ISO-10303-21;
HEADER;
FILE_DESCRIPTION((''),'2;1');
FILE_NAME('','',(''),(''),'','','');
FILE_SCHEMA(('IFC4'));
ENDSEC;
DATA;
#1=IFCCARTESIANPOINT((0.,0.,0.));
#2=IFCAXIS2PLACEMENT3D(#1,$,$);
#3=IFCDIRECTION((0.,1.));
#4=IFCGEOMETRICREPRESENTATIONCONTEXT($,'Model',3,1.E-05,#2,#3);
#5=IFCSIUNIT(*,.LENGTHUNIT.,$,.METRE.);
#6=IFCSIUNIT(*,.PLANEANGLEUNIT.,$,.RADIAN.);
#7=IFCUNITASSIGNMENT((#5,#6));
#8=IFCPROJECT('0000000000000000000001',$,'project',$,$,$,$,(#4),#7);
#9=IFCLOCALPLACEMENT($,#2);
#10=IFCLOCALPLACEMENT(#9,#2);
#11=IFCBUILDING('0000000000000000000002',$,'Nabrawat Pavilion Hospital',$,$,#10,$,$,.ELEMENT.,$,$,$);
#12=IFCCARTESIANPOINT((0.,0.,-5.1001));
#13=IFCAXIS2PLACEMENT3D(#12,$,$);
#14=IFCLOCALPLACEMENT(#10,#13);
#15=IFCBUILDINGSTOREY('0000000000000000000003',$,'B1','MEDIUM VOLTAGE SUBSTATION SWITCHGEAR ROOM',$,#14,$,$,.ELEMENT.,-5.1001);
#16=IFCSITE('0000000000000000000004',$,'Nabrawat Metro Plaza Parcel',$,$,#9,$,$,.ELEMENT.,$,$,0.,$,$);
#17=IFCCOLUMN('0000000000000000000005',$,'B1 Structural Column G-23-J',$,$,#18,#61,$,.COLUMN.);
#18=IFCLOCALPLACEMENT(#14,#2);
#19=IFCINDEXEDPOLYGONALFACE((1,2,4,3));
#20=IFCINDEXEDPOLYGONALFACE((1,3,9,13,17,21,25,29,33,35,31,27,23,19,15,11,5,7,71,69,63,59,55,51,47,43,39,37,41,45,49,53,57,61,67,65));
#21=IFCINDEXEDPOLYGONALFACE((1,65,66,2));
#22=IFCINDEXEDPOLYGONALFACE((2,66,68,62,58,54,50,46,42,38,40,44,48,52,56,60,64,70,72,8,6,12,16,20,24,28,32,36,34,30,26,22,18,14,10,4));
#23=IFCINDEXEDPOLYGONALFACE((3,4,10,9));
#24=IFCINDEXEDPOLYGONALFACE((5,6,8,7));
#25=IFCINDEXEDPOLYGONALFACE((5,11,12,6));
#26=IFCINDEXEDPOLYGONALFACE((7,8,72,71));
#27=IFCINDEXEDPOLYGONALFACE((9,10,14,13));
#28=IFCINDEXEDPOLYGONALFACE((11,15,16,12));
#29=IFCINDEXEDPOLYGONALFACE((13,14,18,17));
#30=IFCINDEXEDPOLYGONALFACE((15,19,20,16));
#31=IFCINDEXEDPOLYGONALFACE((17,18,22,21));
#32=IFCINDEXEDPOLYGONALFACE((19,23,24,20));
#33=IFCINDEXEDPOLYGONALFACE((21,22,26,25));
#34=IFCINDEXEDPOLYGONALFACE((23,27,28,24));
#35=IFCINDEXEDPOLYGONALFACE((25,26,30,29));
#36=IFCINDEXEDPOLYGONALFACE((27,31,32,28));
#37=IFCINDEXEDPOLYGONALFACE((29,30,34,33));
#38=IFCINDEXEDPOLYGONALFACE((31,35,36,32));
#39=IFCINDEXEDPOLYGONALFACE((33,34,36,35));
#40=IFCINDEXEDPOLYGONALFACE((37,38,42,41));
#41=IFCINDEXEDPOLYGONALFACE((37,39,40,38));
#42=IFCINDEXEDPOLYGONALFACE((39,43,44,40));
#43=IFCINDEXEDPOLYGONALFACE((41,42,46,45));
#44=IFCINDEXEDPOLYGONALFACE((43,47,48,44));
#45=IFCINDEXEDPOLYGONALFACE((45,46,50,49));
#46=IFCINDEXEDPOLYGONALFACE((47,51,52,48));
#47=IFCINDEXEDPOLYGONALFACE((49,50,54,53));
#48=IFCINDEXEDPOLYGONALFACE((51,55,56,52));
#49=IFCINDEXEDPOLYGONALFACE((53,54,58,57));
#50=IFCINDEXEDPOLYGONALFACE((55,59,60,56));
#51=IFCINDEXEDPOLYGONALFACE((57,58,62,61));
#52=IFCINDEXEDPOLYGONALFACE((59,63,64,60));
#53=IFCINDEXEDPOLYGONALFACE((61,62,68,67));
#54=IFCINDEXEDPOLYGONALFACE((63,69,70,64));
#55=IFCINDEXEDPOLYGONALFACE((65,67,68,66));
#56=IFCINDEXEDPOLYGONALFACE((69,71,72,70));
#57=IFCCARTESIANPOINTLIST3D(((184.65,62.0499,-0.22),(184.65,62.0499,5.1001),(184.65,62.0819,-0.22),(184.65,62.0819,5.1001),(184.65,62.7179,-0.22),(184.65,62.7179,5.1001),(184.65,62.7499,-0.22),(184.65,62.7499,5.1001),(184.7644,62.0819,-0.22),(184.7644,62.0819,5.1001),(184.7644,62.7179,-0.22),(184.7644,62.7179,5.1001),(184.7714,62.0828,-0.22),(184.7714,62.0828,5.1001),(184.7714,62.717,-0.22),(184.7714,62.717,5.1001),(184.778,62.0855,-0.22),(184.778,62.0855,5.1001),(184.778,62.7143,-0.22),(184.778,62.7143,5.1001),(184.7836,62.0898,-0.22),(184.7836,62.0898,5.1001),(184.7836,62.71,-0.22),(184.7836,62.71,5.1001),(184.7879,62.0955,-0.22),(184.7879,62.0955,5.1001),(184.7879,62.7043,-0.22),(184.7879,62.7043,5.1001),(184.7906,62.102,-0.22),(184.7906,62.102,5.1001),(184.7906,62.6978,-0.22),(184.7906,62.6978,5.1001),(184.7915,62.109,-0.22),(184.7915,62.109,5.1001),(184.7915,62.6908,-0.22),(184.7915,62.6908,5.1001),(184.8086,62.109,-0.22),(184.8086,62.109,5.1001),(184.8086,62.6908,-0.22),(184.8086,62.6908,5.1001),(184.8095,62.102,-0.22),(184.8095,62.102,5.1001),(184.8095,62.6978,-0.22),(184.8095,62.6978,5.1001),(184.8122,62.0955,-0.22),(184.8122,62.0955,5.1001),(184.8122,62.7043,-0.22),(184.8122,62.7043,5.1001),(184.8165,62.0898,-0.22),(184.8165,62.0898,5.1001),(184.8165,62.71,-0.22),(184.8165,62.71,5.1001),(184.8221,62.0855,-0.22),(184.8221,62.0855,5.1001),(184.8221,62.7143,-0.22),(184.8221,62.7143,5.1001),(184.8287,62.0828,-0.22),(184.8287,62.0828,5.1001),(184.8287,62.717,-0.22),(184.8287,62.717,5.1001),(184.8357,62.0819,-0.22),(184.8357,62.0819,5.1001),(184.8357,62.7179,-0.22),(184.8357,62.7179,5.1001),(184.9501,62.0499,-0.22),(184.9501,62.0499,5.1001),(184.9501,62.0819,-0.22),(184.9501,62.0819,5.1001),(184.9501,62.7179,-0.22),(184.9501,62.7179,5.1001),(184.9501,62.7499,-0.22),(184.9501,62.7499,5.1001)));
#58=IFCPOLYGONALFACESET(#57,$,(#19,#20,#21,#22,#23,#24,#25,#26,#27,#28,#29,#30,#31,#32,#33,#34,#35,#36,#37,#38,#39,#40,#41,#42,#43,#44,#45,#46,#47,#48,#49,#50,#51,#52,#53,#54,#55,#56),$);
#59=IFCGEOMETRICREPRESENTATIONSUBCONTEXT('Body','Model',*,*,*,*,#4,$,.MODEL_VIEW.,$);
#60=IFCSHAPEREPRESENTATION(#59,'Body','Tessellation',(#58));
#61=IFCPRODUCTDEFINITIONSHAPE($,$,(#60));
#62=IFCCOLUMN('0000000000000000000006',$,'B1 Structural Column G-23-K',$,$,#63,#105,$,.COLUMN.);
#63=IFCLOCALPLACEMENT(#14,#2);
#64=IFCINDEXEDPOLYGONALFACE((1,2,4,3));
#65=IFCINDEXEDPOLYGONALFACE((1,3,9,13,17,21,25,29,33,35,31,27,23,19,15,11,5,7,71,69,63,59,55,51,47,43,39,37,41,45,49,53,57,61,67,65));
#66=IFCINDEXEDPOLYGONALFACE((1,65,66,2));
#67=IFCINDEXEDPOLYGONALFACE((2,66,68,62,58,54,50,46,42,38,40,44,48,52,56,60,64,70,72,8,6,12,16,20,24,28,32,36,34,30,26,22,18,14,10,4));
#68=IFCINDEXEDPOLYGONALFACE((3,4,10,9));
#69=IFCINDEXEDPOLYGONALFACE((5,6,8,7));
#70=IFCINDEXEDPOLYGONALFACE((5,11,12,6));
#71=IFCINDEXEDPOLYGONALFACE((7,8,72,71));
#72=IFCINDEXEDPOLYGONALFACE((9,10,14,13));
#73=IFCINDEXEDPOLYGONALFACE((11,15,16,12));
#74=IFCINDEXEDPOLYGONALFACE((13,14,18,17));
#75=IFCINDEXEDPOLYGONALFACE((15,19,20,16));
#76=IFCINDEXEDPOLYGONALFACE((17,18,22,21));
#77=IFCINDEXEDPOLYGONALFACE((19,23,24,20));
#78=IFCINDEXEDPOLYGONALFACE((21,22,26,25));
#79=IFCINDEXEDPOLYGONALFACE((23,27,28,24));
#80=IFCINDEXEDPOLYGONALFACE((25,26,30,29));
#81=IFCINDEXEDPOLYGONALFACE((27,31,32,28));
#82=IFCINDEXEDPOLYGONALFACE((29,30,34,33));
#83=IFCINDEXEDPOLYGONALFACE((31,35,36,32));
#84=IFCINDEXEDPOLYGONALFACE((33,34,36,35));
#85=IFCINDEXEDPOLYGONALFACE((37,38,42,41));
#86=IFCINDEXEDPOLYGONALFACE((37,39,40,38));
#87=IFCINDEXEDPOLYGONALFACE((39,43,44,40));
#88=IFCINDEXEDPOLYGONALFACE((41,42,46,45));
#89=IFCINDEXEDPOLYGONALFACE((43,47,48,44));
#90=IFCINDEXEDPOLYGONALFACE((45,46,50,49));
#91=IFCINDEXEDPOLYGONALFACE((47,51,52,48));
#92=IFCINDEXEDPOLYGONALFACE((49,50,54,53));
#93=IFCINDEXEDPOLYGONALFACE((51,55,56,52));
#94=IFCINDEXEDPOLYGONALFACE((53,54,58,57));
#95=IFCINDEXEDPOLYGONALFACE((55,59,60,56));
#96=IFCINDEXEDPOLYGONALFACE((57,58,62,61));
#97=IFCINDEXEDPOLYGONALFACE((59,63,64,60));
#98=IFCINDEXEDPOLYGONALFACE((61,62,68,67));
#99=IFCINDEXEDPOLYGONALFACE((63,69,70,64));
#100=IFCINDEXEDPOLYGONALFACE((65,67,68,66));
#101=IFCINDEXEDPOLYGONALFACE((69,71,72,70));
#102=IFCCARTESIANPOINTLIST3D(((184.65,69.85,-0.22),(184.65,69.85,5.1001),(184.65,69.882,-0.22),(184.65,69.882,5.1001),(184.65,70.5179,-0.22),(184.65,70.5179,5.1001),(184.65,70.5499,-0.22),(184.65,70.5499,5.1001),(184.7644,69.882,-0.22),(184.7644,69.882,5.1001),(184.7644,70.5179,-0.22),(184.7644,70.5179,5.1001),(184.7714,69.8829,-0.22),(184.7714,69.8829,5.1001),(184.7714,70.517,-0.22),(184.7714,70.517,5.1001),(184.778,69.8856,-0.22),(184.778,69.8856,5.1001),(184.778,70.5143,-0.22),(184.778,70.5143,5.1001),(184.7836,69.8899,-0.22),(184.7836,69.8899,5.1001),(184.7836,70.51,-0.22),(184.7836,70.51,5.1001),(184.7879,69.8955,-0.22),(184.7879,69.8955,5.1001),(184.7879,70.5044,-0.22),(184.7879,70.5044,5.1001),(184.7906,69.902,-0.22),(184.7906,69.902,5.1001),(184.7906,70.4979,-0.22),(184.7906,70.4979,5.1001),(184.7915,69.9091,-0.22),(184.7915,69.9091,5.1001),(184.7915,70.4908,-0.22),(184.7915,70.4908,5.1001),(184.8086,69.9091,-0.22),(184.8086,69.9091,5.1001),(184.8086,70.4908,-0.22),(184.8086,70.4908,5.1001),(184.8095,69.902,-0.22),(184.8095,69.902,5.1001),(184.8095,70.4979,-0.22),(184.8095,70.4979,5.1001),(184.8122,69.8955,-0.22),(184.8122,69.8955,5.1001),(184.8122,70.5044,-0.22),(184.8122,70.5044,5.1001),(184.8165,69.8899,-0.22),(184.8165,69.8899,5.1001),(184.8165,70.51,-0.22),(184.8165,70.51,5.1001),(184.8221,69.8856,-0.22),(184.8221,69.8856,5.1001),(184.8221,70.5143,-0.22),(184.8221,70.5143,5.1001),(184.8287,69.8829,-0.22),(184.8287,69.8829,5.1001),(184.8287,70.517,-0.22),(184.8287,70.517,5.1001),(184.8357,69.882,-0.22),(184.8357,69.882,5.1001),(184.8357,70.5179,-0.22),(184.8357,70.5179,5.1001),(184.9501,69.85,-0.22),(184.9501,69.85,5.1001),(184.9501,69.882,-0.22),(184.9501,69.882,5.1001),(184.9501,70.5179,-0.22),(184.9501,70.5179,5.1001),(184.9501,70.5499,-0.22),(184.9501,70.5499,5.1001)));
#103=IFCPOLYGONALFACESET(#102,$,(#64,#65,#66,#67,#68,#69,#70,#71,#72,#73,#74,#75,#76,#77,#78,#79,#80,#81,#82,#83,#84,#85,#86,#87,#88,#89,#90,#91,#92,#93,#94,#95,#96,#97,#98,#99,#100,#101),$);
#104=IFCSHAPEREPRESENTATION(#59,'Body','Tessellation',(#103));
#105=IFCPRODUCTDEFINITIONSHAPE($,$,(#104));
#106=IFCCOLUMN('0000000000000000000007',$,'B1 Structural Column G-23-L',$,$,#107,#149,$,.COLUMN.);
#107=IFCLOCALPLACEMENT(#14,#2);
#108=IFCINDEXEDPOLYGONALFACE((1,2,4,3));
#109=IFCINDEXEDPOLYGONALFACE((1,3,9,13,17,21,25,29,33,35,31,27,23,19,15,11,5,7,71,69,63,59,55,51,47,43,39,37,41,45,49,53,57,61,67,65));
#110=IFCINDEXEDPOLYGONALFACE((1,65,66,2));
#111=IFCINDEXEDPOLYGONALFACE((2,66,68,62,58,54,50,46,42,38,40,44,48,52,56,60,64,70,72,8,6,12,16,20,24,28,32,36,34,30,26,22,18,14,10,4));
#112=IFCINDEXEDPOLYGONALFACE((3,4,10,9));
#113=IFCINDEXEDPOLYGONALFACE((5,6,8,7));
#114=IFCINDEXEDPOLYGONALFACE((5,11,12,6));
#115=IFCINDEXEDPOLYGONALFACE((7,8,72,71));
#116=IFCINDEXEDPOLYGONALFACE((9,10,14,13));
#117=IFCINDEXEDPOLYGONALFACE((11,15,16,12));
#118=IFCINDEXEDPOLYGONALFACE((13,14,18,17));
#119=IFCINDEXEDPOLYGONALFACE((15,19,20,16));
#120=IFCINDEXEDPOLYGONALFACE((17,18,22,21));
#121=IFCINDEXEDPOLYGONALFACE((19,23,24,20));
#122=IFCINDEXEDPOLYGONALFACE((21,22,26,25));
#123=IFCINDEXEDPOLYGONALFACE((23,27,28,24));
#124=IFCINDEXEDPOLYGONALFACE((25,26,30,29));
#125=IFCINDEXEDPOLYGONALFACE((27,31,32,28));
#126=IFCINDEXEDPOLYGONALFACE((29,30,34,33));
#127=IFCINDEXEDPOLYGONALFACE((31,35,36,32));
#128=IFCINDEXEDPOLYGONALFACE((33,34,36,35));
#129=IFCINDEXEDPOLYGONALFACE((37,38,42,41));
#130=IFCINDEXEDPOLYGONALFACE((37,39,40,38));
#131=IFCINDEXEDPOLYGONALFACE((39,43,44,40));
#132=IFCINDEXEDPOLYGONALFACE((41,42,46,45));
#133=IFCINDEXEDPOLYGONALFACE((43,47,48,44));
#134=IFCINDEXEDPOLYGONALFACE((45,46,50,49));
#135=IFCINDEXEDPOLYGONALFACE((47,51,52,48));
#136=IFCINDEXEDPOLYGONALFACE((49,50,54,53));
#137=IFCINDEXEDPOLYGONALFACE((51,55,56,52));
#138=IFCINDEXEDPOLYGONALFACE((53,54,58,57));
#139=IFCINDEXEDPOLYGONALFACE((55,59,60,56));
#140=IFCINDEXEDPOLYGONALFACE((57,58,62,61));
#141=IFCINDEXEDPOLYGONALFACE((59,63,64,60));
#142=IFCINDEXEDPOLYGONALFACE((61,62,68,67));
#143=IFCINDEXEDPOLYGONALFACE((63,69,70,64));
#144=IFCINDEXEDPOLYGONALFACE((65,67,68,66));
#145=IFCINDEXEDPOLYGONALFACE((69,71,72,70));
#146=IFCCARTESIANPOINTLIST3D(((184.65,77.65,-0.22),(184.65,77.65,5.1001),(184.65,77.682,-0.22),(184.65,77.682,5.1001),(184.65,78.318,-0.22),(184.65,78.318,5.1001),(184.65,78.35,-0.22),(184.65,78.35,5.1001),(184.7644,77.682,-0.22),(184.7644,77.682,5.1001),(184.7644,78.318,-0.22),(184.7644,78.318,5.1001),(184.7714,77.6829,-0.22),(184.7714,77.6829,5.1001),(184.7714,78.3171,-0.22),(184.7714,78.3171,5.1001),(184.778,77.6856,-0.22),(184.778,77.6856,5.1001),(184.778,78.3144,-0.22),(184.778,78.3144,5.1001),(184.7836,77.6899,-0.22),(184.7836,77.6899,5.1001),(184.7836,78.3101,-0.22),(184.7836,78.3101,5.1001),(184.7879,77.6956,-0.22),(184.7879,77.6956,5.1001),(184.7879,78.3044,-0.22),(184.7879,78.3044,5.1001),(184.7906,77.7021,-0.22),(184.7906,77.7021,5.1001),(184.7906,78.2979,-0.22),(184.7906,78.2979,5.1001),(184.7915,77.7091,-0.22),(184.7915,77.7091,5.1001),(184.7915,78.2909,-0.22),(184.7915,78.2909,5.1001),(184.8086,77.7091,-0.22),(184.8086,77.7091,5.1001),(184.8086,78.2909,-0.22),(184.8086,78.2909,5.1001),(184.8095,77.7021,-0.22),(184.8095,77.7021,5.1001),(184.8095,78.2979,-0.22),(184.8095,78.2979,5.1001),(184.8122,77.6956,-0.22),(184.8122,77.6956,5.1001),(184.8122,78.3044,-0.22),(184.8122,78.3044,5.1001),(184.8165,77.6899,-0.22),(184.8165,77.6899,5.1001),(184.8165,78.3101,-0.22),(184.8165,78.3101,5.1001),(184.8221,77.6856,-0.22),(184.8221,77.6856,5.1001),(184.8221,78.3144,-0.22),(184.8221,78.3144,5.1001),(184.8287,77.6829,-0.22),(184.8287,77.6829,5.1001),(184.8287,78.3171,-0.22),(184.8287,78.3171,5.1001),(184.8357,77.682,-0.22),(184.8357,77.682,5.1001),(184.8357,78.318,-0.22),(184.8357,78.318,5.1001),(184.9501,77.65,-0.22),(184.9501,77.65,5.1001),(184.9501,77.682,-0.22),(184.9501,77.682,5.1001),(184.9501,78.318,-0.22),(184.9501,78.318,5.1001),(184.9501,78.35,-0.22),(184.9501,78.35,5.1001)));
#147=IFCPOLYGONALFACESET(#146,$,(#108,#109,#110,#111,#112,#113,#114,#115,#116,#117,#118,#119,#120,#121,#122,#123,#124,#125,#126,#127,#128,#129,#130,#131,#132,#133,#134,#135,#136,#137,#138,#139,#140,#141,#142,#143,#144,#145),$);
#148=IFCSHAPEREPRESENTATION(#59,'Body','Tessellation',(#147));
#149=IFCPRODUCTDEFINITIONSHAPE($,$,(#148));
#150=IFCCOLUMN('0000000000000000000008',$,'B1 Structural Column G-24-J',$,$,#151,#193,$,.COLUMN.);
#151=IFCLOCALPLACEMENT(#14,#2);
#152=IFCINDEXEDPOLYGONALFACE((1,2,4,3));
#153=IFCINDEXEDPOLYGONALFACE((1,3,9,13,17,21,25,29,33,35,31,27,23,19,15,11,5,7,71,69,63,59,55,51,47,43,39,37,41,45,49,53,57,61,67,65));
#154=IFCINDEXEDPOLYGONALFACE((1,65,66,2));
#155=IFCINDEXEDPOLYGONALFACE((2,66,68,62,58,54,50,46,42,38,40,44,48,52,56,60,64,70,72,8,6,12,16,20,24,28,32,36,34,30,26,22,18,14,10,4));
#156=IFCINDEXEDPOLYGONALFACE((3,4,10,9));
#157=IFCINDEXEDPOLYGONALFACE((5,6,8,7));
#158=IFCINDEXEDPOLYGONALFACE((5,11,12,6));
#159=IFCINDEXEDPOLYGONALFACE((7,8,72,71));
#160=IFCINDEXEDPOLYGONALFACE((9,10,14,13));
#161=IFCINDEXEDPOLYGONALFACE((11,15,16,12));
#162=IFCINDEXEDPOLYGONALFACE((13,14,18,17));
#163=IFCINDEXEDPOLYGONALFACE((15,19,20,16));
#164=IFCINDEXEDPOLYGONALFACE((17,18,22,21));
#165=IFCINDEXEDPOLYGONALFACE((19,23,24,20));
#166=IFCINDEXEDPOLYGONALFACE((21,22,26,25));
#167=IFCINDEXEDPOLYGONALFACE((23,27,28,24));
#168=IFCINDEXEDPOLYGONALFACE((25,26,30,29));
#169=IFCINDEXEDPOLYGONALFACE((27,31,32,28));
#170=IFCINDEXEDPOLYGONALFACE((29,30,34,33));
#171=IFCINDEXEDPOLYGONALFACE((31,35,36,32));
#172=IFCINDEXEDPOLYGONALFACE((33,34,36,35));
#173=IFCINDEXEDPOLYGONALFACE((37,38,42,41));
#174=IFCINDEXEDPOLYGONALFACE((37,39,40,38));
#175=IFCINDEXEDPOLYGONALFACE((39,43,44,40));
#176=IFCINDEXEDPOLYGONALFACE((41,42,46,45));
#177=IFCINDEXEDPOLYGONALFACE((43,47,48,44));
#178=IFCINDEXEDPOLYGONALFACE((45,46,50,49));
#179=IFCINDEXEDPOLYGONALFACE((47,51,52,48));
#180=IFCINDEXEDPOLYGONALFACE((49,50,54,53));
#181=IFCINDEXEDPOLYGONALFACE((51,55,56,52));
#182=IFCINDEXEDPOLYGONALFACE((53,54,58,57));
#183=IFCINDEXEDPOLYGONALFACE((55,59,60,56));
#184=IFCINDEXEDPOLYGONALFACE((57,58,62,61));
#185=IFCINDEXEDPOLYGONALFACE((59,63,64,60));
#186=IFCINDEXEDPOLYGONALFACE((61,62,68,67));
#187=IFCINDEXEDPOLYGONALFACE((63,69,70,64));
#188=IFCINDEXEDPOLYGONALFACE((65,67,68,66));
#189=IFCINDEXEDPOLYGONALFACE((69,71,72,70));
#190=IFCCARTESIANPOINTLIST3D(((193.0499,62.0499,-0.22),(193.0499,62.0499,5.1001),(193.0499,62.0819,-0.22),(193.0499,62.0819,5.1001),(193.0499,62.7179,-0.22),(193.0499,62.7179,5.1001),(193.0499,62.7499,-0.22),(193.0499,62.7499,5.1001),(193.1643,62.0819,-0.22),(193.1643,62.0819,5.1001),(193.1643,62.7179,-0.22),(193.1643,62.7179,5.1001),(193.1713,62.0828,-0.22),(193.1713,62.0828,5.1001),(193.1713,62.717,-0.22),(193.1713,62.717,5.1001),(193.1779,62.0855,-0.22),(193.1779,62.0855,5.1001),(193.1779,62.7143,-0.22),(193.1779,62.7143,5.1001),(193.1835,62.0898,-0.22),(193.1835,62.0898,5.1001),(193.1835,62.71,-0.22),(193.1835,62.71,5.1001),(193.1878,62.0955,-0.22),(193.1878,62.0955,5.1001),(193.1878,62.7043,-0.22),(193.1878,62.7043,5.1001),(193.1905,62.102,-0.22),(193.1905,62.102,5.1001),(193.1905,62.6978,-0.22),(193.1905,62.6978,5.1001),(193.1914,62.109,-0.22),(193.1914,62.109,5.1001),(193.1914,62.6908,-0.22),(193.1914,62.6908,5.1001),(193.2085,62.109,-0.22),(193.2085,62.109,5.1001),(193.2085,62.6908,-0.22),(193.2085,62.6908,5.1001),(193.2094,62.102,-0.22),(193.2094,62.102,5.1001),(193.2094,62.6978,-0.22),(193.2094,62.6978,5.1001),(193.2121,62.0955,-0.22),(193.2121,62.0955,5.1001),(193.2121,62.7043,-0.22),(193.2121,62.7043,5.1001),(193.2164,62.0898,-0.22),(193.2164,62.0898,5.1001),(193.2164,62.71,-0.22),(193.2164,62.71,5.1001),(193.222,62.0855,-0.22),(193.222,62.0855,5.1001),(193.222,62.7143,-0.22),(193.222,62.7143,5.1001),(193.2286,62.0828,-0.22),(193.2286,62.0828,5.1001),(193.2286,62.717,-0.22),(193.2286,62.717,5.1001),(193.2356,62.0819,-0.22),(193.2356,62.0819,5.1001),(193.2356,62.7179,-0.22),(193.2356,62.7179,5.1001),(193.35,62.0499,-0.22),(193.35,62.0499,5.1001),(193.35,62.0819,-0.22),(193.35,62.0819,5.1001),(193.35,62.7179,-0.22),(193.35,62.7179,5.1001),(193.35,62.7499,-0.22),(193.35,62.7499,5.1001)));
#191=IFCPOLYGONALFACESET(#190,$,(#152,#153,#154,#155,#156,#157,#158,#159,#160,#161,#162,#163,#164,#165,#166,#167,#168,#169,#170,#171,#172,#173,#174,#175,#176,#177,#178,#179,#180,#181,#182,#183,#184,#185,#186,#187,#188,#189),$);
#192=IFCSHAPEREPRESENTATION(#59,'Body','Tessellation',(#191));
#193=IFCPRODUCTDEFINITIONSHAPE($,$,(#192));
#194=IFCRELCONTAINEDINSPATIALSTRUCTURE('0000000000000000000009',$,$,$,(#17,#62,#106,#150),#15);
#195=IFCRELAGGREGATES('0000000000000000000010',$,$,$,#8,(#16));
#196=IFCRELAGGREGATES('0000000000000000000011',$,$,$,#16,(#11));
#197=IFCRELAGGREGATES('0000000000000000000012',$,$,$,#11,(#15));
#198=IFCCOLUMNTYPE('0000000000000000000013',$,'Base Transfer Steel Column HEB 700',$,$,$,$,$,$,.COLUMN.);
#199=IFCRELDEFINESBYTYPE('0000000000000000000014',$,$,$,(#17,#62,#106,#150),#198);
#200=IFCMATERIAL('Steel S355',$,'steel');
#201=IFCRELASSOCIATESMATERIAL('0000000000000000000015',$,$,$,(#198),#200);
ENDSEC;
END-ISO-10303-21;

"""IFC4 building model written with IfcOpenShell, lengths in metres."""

from ifc_helpers import new_model, si_unit, direction, frame, origin, origin_2d, place, context, subcontext, project, spatial, i_section, extrude, material, material_profile, profile_set, type_object, element, save


model = new_model("IFC4")

# Units and contexts
model_context = context("Model", 3, precision=1e-05, world=origin(), true_north=direction((0.0, 1.0)))
body_context = subcontext(model_context, "Body", "Model", "MODEL_VIEW")
ifc_project = project(units=[si_unit("LENGTHUNIT", "METRE"), si_unit("PLANEANGLEUNIT", "RADIAN")], contexts=[model_context])

# Site, building, storey
site_placement = place(None, origin())
site = spatial("IfcSite", under=ifc_project, at=site_placement, Name="Nabrawat Metro Plaza Parcel", CompositionType="ELEMENT", RefElevation=0.0)
building_placement = place(site_placement, origin())
building = spatial("IfcBuilding", under=site, at=building_placement, Name="Nabrawat Pavilion Hospital", CompositionType="ELEMENT")
storey_placement = place(building_placement, frame((0.0, 0.0, -5.1001)))
storey = spatial("IfcBuildingStorey", under=building, at=storey_placement, Name="B1", Description="MEDIUM VOLTAGE SUBSTATION SWITCHGEAR ROOM", CompositionType="ELEMENT", Elevation=-5.1001)

# Columns
ifc_material_1 = material(Name="Steel S355", Category="steel")
ifc_material_profile_1 = material_profile(ifc_material_1, i_section(OverallWidth=0.3, OverallDepth=0.7, WebThickness=0.0171, FlangeThickness=0.032, FilletRadius=0.0271, at=origin_2d()), Name="HEB 700")
ifc_profile_set_1 = profile_set([ifc_material_profile_1], Name="Steel S355")
column_type = type_object("IfcColumnType", Name="Base Transfer Steel Column HEB 700", PredefinedType="COLUMN", material=ifc_profile_set_1)
for number, where, z_axis, x_axis, name in (
    (1, (184.8, 62.3999, -0.22), (0.0, 0.0, 1.0), (1.0, 0.0, 0.0), "B1 Structural Column G-23-J"),
    (2, (184.8, 70.2, -0.22), (0.0, 0.0, 1.0), (1.0, 0.0, 0.0), "B1 Structural Column G-23-K"),
    (3, (184.8, 78.0, -0.22), (0.0, 0.0, 1.0), (1.0, 0.0, 0.0), "B1 Structural Column G-23-L"),
    (4, (193.2, 62.3999, -0.22), (0.0, 0.0, 1.0), (1.0, 0.0, 0.0), "B1 Structural Column G-24-J"),
):
    element("IfcColumn", number, at=place(storey_placement, frame(where, z_axis=z_axis, x_axis=x_axis)), inside=storey, type_object=column_type, Name=name, PredefinedType="COLUMN", context=body_context, shape_type="SweptSolid", body=[
        extrude(i_section(OverallWidth=0.3, OverallDepth=0.7, WebThickness=0.0171, FlangeThickness=0.032, FilletRadius=0.0271, at=origin_2d()), origin(), (0.0, 0.0, 1.0), 5.3201),
    ])

save(model, "model.ifc")
